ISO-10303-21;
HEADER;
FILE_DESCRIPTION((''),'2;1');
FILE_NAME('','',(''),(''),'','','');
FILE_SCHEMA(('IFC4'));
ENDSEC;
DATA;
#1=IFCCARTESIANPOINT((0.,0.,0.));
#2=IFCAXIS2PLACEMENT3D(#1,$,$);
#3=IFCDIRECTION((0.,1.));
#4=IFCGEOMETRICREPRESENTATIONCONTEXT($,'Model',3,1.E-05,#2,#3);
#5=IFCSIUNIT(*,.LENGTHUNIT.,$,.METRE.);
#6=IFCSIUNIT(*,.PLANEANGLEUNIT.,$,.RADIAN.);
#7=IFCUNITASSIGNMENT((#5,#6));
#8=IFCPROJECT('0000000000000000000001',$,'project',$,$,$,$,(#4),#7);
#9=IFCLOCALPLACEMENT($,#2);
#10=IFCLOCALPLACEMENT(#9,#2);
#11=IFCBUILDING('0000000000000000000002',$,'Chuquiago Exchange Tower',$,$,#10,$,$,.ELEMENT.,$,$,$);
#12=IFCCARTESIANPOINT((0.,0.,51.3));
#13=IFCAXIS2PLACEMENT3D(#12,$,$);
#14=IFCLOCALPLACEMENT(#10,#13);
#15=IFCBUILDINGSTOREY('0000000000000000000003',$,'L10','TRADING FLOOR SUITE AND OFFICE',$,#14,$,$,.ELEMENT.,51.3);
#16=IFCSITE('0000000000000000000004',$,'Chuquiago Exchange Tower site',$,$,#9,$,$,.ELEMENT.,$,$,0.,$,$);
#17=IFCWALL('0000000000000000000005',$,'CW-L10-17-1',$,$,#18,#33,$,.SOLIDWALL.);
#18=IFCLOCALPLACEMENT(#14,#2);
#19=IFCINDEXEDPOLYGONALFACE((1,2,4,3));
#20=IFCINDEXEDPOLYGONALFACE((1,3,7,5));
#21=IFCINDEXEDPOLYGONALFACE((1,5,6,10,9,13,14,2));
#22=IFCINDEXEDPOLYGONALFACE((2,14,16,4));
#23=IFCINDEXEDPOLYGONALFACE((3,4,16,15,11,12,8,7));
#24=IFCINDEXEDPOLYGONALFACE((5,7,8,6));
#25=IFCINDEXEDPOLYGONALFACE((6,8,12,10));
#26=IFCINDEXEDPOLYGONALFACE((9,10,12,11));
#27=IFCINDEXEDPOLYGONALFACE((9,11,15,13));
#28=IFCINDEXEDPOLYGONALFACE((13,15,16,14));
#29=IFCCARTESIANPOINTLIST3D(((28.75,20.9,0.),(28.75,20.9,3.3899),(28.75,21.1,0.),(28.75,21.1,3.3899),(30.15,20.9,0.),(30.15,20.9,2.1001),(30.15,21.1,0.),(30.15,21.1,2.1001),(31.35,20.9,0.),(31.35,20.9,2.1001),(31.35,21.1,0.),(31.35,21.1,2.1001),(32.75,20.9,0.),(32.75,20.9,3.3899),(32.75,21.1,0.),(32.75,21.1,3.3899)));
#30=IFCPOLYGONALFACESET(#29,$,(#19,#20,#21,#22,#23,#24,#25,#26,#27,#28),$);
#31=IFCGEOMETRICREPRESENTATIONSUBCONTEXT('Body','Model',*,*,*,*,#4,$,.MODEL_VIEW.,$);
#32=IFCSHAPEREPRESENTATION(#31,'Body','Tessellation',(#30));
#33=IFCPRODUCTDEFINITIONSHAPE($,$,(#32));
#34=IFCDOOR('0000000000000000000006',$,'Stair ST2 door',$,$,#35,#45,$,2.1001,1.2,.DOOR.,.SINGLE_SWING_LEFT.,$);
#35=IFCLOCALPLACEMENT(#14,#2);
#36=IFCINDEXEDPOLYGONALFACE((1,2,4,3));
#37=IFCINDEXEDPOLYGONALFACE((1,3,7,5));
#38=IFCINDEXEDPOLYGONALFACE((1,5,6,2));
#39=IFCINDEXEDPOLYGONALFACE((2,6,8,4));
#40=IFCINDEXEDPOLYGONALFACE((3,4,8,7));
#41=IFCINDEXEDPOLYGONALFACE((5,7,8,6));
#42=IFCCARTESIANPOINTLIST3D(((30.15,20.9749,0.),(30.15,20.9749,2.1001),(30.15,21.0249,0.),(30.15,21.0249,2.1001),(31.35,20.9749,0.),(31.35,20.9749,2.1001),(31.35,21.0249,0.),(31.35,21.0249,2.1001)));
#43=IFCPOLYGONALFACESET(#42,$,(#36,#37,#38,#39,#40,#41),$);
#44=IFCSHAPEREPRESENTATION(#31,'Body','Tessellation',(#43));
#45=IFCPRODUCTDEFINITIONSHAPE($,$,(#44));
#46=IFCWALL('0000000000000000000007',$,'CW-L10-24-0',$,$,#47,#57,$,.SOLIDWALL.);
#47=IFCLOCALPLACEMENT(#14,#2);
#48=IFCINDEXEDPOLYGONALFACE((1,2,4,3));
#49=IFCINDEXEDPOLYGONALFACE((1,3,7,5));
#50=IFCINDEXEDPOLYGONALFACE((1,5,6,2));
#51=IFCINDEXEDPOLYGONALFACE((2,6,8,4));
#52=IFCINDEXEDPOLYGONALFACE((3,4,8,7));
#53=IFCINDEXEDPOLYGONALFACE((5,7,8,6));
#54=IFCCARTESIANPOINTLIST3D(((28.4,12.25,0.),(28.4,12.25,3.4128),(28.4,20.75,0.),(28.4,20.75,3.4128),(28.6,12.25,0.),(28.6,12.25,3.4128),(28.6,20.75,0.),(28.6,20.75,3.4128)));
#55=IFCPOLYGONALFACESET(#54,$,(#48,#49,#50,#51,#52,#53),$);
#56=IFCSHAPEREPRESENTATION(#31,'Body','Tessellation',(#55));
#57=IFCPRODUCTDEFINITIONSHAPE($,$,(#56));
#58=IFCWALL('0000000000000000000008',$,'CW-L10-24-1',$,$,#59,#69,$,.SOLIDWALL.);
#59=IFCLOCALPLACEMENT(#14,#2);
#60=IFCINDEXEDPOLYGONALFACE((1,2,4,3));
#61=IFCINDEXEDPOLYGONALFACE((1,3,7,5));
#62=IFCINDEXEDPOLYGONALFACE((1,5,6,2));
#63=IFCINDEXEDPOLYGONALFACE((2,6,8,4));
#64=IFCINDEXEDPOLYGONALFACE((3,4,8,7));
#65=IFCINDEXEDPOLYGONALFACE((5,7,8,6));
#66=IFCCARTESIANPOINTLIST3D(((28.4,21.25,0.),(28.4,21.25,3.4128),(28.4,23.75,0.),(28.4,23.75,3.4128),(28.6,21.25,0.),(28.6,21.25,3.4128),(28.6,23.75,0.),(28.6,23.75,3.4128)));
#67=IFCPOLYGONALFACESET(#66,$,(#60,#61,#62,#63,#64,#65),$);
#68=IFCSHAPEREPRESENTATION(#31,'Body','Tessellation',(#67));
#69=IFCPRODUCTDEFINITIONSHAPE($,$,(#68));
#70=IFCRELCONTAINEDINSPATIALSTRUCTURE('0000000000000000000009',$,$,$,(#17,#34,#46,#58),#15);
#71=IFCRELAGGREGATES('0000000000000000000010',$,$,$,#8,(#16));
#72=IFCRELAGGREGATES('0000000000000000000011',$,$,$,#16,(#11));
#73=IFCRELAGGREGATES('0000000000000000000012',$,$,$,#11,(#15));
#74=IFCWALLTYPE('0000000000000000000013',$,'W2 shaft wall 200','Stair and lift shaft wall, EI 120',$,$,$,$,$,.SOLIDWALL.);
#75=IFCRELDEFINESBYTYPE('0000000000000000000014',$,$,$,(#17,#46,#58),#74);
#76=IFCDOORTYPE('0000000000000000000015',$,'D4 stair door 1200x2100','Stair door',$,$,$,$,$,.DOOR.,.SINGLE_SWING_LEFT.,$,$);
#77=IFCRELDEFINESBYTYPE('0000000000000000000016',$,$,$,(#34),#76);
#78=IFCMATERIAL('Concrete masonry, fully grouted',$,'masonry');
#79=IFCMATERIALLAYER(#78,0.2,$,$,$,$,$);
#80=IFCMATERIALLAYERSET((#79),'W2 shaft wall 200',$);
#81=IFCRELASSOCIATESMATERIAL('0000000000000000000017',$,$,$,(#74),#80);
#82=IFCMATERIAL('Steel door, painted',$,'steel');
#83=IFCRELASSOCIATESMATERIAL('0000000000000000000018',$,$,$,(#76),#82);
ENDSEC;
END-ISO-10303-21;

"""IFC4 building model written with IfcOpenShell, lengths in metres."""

from ifc_helpers import new_model, si_unit, direction, frame, frame_2d, origin, place, context, subcontext, project, spatial, rectangle, extrude, material, layer, layer_set, type_object, element, fill, save


model = new_model("IFC4")

# Units and contexts
model_context = context("Model", 3, precision=1e-05, world=origin(), true_north=direction((0.0, 1.0)))
body_context = subcontext(model_context, "Body", "Model", "MODEL_VIEW")
ifc_project = project(units=[si_unit("LENGTHUNIT", "METRE"), si_unit("PLANEANGLEUNIT", "RADIAN")], contexts=[model_context])

# Site, building, storey
site_placement = place(None, origin())
site = spatial("IfcSite", under=ifc_project, at=site_placement, Name="Chuquiago Exchange Tower site", CompositionType="ELEMENT", RefElevation=0.0)
building_placement = place(site_placement, origin())
building = spatial("IfcBuilding", under=site, at=building_placement, Name="Chuquiago Exchange Tower", CompositionType="ELEMENT")
storey_placement = place(building_placement, frame((0.0, 0.0, 51.3)))
storey = spatial("IfcBuildingStorey", under=building, at=storey_placement, Name="L10", Description="TRADING FLOOR SUITE AND OFFICE", CompositionType="ELEMENT", Elevation=51.3)

# Wall, opening, door
ifc_material_1 = material(Name="Concrete masonry, fully grouted", Category="masonry")
ifc_layer_1 = layer(ifc_material_1, 0.2)
ifc_layer_set_1 = layer_set([ifc_layer_1], Name="W2 shaft wall 200")
wall_type_1 = type_object("IfcWallType", Name="W2 shaft wall 200", Description="Stair and lift shaft wall, EI 120", PredefinedType="SOLIDWALL", material=ifc_layer_set_1)
wall_1_placement = place(storey_placement, frame((28.75, 21.0, 0.0), z_axis=(0.0, 0.0, 1.0), x_axis=(1.0, 0.0, 0.0)))
wall_1 = element("IfcWall", 1, at=wall_1_placement, inside=storey, type_object=wall_type_1, Name="CW-L10-17-1", PredefinedType="SOLIDWALL", context=body_context, shape_type="SweptSolid", body=[
    extrude(rectangle(XDim=4.0, YDim=0.2, at=frame_2d((2.0, 0.0))), origin(), (0.0, 0.0, 1.0), 3.3899),
])
opening_1_placement = place(wall_1_placement, frame((1.3999, 0.0, 0.0)))
opening_1 = element("IfcOpeningElement", 2, at=opening_1_placement, cuts=wall_1, PredefinedType="OPENING", context=body_context, shape_type="SweptSolid", body=[
    extrude(rectangle(XDim=1.2, YDim=2.1001, at=frame_2d((0.6001, 1.05))), frame((0.0, 0.1099, 0.0), z_axis=(0.0, -1.0, 0.0), x_axis=(1.0, 0.0, 0.0)), (0.0, 0.0, 1.0), 0.22),
])
ifc_material_2 = material(Name="Steel door, painted", Category="steel")
door_type_1 = type_object("IfcDoorType", Name="D4 stair door 1200x2100", Description="Stair door", OperationType="SINGLE_SWING_LEFT", PredefinedType="DOOR", material=ifc_material_2)
door_1_placement = place(opening_1_placement, origin())
door_1 = element("IfcDoor", 3, at=door_1_placement, inside=storey, type_object=door_type_1, Name="Stair ST2 door", OperationType="SINGLE_SWING_LEFT", OverallHeight=2.1001, OverallWidth=1.2, PredefinedType="DOOR", context=body_context, shape_type="SweptSolid", body=[
    extrude(rectangle(XDim=1.2, YDim=2.1001, at=frame_2d((0.6001, 1.05))), frame((0.0, 0.0249, 0.0), z_axis=(0.0, -1.0, 0.0), x_axis=(1.0, 0.0, 0.0)), (0.0, 0.0, 1.0), 0.05),
])
fill(opening_1, door_1)

# Walls
wall_2_placement = place(storey_placement, frame((28.5, 12.25, 0.0), z_axis=(0.0, 0.0, 1.0), x_axis=(0.0, 1.0, 0.0)))
element("IfcWall", 4, at=wall_2_placement, inside=storey, type_object=wall_type_1, Name="CW-L10-24-0", PredefinedType="SOLIDWALL", context=body_context, shape_type="SweptSolid", body=[
    extrude(rectangle(XDim=8.5, YDim=0.2, at=frame_2d((4.25, 0.0))), origin(), (0.0, 0.0, 1.0), 3.4128),
])
wall_3_placement = place(storey_placement, frame((28.5, 21.25, 0.0), z_axis=(0.0, 0.0, 1.0), x_axis=(0.0, 1.0, 0.0)))
element("IfcWall", 5, at=wall_3_placement, inside=storey, type_object=wall_type_1, Name="CW-L10-24-1", PredefinedType="SOLIDWALL", context=body_context, shape_type="SweptSolid", body=[
    extrude(rectangle(XDim=2.5, YDim=0.2, at=frame_2d((1.25, 0.0))), origin(), (0.0, 0.0, 1.0), 3.4128),
])

save(model, "model.ifc")
